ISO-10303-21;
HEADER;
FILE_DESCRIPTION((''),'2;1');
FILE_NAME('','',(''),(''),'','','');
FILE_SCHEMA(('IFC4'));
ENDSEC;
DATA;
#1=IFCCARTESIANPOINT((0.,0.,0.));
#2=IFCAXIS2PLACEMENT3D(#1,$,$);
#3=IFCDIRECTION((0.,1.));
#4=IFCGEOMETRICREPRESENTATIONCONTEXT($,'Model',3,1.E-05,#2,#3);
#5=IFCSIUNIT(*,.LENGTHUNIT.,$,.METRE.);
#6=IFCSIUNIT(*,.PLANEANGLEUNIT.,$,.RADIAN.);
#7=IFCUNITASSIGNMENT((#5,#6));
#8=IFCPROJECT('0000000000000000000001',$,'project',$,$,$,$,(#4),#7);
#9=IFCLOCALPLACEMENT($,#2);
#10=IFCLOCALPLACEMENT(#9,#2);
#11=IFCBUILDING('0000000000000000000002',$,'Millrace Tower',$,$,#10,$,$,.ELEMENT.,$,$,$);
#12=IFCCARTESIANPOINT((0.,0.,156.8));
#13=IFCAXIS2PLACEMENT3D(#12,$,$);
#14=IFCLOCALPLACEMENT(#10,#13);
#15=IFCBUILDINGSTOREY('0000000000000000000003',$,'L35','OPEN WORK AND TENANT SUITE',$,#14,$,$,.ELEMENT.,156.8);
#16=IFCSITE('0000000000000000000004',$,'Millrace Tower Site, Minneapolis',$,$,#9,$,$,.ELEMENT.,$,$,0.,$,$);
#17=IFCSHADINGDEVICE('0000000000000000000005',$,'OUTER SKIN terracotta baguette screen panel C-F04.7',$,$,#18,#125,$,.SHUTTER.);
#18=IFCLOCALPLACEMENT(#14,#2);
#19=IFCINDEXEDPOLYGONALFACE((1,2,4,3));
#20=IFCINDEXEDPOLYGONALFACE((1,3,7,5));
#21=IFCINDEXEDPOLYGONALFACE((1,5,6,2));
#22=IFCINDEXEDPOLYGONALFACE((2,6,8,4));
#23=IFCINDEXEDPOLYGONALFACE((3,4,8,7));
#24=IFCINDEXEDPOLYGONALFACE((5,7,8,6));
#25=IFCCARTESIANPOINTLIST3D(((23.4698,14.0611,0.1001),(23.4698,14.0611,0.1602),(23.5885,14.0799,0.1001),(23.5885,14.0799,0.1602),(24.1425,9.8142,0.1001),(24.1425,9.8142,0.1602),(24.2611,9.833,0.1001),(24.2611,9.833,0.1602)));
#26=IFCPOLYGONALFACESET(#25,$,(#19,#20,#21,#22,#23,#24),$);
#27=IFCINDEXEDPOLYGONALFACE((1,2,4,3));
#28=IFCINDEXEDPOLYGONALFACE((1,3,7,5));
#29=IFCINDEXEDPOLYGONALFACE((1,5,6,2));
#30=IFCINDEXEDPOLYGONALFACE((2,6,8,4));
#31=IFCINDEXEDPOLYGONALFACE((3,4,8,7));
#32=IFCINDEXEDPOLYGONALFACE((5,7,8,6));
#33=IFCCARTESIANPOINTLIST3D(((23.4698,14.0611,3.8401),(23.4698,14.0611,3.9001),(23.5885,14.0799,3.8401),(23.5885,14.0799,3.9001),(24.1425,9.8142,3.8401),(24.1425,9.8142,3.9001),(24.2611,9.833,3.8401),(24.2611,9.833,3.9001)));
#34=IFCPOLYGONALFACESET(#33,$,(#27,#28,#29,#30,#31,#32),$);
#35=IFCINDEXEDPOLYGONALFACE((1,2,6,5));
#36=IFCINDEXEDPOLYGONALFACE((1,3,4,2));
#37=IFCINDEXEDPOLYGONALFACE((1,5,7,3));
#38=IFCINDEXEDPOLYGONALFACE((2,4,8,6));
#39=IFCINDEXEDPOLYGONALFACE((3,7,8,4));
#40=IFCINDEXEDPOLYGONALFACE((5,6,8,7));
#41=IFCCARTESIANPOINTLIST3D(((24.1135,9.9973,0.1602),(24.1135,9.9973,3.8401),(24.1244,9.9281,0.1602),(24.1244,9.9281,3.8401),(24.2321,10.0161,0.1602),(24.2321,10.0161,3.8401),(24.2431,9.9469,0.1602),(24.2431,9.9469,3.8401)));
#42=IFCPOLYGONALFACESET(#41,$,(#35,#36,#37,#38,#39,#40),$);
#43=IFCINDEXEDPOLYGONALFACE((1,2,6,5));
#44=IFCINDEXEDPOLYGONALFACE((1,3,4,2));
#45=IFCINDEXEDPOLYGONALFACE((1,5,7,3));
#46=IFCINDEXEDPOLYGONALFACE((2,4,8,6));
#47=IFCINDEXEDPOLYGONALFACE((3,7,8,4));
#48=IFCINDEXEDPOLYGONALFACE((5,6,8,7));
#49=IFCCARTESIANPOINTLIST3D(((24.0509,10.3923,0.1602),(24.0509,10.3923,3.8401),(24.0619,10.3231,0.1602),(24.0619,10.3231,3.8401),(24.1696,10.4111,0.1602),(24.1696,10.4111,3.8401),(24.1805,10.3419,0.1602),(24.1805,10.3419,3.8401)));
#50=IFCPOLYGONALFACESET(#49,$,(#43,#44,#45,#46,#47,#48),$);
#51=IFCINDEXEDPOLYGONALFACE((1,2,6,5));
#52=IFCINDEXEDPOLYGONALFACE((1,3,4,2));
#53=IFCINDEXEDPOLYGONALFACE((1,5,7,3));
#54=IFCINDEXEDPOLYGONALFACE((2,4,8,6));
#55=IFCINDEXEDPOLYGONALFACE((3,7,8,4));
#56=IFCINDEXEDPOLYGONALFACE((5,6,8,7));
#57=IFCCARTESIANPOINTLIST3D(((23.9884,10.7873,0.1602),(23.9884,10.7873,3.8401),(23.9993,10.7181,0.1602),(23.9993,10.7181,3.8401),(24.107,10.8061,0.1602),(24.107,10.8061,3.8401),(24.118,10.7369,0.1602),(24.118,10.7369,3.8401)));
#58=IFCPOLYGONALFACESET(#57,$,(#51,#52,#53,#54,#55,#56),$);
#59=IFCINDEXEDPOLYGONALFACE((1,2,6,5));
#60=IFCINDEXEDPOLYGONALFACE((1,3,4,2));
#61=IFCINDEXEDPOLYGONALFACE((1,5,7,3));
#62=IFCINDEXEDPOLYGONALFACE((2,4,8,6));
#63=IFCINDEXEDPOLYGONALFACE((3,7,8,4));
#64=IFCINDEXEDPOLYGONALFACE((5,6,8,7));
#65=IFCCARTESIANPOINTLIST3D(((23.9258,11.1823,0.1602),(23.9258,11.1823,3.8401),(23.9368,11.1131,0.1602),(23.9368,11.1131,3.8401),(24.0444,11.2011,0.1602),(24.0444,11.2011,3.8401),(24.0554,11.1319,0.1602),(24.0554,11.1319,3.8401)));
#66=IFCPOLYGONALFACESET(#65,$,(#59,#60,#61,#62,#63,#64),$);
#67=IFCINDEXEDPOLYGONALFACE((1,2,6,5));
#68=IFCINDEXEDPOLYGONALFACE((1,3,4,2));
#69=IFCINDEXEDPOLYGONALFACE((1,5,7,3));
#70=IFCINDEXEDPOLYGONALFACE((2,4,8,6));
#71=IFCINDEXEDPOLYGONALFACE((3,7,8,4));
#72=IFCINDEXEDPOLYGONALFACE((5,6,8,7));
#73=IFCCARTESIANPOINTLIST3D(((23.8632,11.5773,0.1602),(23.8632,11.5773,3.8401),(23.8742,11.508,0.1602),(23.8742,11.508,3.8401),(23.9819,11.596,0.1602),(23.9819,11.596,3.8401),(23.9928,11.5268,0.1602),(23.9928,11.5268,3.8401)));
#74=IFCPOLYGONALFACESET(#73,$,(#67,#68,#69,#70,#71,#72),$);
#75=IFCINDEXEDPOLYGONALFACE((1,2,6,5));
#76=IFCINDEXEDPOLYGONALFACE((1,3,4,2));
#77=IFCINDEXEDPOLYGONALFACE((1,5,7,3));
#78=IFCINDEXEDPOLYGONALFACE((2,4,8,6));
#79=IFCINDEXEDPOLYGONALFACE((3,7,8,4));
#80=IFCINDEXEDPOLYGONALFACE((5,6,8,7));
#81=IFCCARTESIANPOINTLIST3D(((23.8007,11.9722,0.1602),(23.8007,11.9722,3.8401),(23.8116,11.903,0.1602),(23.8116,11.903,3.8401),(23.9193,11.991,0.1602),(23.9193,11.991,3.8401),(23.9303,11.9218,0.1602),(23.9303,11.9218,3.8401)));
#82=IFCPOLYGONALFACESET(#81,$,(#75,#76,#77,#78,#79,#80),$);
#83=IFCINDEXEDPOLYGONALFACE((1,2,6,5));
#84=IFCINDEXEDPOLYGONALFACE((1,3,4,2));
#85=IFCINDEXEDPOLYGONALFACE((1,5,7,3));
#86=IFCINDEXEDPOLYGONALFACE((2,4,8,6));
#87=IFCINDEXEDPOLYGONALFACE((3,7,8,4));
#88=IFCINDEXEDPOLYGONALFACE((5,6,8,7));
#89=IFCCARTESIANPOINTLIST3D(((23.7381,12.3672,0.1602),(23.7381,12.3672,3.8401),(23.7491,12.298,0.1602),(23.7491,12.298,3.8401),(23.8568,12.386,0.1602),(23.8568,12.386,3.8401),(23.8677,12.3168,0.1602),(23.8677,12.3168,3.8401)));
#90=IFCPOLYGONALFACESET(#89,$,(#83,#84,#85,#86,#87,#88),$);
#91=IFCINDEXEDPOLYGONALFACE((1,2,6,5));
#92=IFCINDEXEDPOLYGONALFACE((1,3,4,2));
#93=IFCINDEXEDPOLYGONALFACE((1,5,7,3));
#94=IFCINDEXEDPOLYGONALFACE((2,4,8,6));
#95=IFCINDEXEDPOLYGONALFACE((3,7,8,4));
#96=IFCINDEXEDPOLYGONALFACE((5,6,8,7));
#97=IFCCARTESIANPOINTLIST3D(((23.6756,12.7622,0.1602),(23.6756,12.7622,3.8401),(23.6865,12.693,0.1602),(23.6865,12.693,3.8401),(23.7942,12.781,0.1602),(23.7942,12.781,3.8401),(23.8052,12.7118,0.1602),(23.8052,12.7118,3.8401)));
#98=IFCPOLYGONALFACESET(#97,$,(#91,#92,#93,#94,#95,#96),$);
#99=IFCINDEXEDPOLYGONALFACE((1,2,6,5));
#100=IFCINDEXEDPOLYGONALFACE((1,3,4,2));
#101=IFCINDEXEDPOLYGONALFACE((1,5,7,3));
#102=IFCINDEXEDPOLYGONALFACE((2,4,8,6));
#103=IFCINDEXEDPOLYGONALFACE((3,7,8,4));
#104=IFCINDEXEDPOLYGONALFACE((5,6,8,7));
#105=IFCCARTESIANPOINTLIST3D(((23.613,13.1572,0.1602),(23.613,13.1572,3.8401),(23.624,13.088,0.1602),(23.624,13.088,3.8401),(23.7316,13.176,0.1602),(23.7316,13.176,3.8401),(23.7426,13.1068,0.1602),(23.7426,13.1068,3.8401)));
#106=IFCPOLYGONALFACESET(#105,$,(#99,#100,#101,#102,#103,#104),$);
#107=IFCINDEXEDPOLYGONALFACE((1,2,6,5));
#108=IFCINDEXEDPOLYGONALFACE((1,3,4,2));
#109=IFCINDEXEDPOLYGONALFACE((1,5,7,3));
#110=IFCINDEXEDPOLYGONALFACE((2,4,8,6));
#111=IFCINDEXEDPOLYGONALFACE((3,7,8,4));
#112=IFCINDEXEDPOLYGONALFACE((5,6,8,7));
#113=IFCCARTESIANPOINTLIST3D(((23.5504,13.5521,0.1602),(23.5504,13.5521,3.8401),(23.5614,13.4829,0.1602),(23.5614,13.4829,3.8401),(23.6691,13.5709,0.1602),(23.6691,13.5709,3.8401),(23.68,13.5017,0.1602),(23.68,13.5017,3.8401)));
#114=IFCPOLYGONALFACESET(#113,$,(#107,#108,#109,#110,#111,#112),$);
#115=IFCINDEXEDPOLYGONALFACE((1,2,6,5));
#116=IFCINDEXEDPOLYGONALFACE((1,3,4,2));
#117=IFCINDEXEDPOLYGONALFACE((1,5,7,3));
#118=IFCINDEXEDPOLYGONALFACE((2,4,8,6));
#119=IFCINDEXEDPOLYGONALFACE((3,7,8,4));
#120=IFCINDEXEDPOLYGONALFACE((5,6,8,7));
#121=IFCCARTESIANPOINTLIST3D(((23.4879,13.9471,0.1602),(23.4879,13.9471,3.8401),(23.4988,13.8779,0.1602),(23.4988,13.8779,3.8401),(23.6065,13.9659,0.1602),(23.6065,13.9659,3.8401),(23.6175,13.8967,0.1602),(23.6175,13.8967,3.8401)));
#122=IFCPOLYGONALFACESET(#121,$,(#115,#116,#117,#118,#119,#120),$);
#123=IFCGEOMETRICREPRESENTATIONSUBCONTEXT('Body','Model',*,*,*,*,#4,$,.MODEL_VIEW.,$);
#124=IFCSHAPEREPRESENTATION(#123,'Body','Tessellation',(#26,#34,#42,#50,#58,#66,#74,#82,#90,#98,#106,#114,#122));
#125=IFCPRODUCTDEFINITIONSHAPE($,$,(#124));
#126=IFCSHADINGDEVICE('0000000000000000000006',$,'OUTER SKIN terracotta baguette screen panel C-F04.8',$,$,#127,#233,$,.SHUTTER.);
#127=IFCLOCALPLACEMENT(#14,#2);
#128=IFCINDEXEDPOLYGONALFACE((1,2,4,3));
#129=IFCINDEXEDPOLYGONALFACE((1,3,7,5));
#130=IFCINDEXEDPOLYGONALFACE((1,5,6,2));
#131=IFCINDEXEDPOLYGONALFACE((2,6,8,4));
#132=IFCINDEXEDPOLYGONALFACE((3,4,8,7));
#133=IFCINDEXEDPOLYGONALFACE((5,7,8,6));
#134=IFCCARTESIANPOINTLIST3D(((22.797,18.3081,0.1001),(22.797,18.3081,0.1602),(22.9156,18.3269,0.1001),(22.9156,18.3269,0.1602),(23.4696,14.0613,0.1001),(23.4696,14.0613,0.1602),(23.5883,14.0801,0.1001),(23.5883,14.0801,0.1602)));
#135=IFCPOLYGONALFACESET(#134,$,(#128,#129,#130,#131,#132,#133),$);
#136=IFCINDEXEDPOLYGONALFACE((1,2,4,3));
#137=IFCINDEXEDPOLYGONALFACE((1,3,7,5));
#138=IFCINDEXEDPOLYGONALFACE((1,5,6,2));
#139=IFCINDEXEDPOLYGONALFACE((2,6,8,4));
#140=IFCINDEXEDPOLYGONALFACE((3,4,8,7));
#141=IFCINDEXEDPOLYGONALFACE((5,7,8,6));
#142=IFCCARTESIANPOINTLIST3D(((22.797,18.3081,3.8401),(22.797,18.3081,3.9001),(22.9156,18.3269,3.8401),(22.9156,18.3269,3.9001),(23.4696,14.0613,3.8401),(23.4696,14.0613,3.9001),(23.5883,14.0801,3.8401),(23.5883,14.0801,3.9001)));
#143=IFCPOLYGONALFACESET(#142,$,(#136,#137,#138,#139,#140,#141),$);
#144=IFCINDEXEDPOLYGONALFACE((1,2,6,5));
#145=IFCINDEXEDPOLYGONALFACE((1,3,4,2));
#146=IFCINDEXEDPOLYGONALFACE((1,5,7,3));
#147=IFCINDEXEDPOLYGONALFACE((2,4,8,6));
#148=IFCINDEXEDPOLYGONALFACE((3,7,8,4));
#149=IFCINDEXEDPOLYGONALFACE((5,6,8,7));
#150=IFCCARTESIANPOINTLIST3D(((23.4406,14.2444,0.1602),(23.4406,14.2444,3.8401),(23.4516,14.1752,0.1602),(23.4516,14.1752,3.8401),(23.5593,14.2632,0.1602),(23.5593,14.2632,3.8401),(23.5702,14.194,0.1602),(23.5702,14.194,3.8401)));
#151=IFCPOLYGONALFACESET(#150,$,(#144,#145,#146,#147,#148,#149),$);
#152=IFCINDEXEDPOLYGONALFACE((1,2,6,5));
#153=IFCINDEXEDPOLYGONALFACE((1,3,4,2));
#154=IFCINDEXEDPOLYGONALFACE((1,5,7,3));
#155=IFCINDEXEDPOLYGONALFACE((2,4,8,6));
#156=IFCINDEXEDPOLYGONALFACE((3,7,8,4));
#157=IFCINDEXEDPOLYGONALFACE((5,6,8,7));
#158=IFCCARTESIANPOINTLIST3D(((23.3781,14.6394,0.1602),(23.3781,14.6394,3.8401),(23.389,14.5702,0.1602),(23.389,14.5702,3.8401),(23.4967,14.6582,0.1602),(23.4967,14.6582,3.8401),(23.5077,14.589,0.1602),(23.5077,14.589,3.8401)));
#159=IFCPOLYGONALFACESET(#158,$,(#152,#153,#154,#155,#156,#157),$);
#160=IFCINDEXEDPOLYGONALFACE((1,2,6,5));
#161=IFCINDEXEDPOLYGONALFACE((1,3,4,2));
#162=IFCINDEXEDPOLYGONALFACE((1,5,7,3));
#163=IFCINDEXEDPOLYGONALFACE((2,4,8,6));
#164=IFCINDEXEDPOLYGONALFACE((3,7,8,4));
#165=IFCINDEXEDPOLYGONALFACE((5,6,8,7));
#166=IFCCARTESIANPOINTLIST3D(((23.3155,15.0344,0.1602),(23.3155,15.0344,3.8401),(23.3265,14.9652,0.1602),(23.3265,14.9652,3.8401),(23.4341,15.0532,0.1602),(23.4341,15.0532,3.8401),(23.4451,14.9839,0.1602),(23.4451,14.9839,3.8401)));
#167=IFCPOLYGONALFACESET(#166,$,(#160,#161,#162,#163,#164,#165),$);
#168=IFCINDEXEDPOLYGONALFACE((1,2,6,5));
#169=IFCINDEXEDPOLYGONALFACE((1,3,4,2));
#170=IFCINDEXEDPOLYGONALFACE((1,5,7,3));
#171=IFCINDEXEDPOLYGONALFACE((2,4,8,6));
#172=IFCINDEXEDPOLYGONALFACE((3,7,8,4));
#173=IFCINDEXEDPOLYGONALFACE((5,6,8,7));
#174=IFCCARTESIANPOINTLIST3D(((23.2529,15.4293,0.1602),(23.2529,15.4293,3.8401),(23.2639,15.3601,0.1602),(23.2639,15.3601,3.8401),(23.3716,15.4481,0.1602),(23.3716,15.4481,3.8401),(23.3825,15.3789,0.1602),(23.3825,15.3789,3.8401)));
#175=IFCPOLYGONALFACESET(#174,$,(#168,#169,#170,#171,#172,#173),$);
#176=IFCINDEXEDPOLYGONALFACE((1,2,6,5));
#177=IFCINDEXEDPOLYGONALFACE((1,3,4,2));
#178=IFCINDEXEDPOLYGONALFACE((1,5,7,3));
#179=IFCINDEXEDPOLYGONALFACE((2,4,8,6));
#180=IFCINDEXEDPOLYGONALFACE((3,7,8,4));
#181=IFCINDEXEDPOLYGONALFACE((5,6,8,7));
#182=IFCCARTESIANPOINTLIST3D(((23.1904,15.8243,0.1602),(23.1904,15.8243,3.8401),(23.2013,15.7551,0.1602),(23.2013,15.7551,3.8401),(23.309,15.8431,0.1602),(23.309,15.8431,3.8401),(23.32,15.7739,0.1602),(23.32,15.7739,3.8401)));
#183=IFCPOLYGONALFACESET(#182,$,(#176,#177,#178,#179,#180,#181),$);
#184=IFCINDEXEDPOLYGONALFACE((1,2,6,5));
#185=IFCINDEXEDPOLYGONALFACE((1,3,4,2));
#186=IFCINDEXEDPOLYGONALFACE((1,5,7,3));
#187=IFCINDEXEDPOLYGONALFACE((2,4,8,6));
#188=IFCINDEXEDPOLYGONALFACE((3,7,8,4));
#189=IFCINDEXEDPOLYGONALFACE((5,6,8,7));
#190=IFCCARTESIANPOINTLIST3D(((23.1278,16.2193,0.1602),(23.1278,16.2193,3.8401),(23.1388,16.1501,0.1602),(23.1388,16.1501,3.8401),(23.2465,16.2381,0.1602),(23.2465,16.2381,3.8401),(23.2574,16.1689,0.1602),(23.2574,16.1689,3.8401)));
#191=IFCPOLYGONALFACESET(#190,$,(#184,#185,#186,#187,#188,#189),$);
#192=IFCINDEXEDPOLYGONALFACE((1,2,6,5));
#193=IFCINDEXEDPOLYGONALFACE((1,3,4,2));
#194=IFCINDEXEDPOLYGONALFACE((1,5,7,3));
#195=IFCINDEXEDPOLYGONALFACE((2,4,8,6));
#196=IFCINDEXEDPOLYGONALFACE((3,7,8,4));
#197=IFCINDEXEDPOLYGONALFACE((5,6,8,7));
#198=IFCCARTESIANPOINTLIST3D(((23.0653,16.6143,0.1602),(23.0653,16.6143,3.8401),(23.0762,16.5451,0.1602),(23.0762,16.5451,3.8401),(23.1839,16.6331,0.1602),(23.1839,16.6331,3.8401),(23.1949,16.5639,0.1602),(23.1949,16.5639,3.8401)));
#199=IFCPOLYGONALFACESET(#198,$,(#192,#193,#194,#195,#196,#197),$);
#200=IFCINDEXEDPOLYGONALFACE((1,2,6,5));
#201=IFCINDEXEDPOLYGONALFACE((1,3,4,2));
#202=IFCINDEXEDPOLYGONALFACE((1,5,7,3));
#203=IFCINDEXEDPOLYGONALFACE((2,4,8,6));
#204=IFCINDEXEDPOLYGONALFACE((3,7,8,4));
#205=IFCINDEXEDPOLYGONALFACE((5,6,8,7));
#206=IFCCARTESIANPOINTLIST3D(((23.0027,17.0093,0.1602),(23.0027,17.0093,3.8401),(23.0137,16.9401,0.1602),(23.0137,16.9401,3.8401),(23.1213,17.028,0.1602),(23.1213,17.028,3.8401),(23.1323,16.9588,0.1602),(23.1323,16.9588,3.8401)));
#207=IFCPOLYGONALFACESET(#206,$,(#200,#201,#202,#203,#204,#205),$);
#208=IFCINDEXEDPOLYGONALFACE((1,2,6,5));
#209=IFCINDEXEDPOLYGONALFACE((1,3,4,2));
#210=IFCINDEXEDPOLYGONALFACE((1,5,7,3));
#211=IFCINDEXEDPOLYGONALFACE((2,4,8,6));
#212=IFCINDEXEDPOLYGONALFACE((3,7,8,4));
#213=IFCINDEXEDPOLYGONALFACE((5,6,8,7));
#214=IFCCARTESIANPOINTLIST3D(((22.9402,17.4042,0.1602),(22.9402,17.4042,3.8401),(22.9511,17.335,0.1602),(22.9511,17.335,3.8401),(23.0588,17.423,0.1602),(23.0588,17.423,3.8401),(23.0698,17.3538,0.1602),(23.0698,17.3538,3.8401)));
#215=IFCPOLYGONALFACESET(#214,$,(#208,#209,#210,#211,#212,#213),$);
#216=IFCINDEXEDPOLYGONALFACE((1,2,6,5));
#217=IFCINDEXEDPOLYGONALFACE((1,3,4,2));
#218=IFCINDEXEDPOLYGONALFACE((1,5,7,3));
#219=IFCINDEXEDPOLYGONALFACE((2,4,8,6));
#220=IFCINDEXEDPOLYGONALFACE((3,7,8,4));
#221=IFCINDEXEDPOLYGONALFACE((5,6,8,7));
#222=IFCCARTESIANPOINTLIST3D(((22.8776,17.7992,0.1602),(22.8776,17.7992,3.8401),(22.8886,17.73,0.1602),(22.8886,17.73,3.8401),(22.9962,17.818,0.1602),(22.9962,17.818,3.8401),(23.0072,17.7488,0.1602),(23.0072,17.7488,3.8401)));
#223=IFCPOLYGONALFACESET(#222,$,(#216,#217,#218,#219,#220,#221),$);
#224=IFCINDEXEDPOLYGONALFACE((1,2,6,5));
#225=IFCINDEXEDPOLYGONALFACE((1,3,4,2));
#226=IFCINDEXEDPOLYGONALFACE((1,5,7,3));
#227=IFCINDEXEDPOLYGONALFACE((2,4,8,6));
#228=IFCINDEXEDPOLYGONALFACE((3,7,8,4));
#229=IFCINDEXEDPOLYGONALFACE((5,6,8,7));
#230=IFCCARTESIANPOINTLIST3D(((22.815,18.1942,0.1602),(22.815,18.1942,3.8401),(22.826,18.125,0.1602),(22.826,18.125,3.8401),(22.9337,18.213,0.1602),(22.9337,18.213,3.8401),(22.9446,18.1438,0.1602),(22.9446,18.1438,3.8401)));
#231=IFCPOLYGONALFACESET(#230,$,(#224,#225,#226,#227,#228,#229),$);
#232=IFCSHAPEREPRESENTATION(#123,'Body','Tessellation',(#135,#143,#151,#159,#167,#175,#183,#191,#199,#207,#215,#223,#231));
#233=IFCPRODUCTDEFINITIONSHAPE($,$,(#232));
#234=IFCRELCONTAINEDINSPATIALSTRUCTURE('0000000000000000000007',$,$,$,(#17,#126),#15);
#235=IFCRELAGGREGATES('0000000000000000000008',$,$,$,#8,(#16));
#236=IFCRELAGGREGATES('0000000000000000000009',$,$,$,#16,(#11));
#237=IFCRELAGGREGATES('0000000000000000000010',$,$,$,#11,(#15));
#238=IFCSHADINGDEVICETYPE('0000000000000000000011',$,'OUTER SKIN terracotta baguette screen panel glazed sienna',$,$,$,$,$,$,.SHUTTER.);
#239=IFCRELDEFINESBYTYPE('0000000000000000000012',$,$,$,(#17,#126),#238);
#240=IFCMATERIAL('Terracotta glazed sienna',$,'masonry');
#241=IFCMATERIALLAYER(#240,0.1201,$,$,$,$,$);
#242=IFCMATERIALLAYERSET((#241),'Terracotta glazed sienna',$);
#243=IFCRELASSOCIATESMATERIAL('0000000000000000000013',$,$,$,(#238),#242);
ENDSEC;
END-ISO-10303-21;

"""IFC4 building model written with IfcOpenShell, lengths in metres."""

from ifc_helpers import new_model, entity, si_unit, direction, frame, frame_2d, origin, origin_2d, place, context, subcontext, project, spatial, rectangle, extrude, source, transform, mapped, material, layer, layer_set, type_object, element, save


model = new_model("IFC4")

# Units and contexts
model_context = context("Model", 3, precision=1e-05, world=origin(), true_north=direction((0.0, 1.0)))
body_context = subcontext(model_context, "Body", "Model", "MODEL_VIEW")
ifc_project = project(units=[si_unit("LENGTHUNIT", "METRE"), si_unit("PLANEANGLEUNIT", "RADIAN")], contexts=[model_context])

# Site, building, storey
site_placement = place(None, origin())
site = spatial("IfcSite", under=ifc_project, at=site_placement, Name="Millrace Tower Site, Minneapolis", CompositionType="ELEMENT", RefElevation=0.0)
building_placement = place(site_placement, origin())
building = spatial("IfcBuilding", under=site, at=building_placement, Name="Millrace Tower", CompositionType="ELEMENT")
storey_placement = place(building_placement, frame((0.0, 0.0, 156.8)))
storey = spatial("IfcBuildingStorey", under=building, at=storey_placement, Name="L35", Description="OPEN WORK AND TENANT SUITE", CompositionType="ELEMENT", Elevation=156.8)

# Shading devices
ifc_material_1 = material(Name="Terracotta glazed sienna", Category="masonry")
ifc_layer_1 = layer(ifc_material_1, 0.1201)
ifc_layer_set_1 = layer_set([ifc_layer_1], Name="Terracotta glazed sienna")
shading_device_type = type_object("IfcShadingDeviceType", Name="OUTER SKIN terracotta baguette screen panel glazed sienna", PredefinedType="SHUTTER", material=ifc_layer_set_1)
cartesian_point_1 = entity("IfcCartesianPoint", [-2.1499, 0.0601])
shared_polyline_1 = entity("IfcPolyline", [cartesian_point_1, entity("IfcCartesianPoint", [2.1499, 0.0601]), entity("IfcCartesianPoint", [2.1499, -0.0601]), entity("IfcCartesianPoint", [-2.1499, -0.0601]), cartesian_point_1])
shared_shape_1 = source(origin(), body_context, "Body", "SweptSolid", [
    entity("IfcExtrudedAreaSolid", entity("IfcArbitraryClosedProfileDef", "AREA", None, shared_polyline_1), entity("IfcAxis2Placement3D", entity("IfcCartesianPoint", [0.0, 0.0, 0.0])), entity("IfcDirection", [0.0, 0.0, 1.0]), 0.0601),
    entity("IfcExtrudedAreaSolid", entity("IfcArbitraryClosedProfileDef", "AREA", None, shared_polyline_1), entity("IfcAxis2Placement3D", entity("IfcCartesianPoint", [0.0, 0.0, 3.74])), entity("IfcDirection", [0.0, 0.0, 1.0]), 0.0601),
    extrude(rectangle(XDim=0.0701, YDim=0.1201, at=frame_2d((-1.9995, 0.0))), frame((0.0, 0.0, 0.0601)), (0.0, 0.0, 1.0), 3.6799),
    extrude(rectangle(XDim=0.0701, YDim=0.1201, at=frame_2d((-1.5996, 0.0))), frame((0.0, 0.0, 0.0601)), (0.0, 0.0, 1.0), 3.6799),
    extrude(rectangle(XDim=0.0701, YDim=0.1201, at=frame_2d((-1.1997, 0.0))), frame((0.0, 0.0, 0.0601)), (0.0, 0.0, 1.0), 3.6799),
    extrude(rectangle(XDim=0.0701, YDim=0.1201, at=frame_2d((-0.7998, 0.0))), frame((0.0, 0.0, 0.0601)), (0.0, 0.0, 1.0), 3.6799),
    extrude(rectangle(XDim=0.0701, YDim=0.1201, at=frame_2d((-0.3999, 0.0))), frame((0.0, 0.0, 0.0601)), (0.0, 0.0, 1.0), 3.6799),
    extrude(rectangle(XDim=0.0701, YDim=0.1201, at=origin_2d()), frame((0.0, 0.0, 0.0601)), (0.0, 0.0, 1.0), 3.6799),
    extrude(rectangle(XDim=0.0701, YDim=0.1201, at=frame_2d((0.3999, 0.0))), frame((0.0, 0.0, 0.0601)), (0.0, 0.0, 1.0), 3.6799),
    extrude(rectangle(XDim=0.0701, YDim=0.1201, at=frame_2d((0.7998, 0.0))), frame((0.0, 0.0, 0.0601)), (0.0, 0.0, 1.0), 3.6799),
    extrude(rectangle(XDim=0.0701, YDim=0.1201, at=frame_2d((1.1997, 0.0))), frame((0.0, 0.0, 0.0601)), (0.0, 0.0, 1.0), 3.6799),
    extrude(rectangle(XDim=0.0701, YDim=0.1201, at=frame_2d((1.5996, 0.0))), frame((0.0, 0.0, 0.0601)), (0.0, 0.0, 1.0), 3.6799),
    extrude(rectangle(XDim=0.0701, YDim=0.1201, at=frame_2d((1.9995, 0.0))), frame((0.0, 0.0, 0.0601)), (0.0, 0.0, 1.0), 3.6799),
])
for number, where, z_axis, x_axis, name in (
    (1, (23.8655, 11.947, 0.1001), (0.0, 0.0, 1.0), (-0.156434, 0.987688, 0.0), "OUTER SKIN terracotta baguette screen panel C-F04.7"),
    (2, (23.1926, 16.1941, 0.1001), (0.0, 0.0, 1.0), (-0.156434, 0.987688, 0.0), "OUTER SKIN terracotta baguette screen panel C-F04.8"),
):
    element("IfcShadingDevice", number, at=place(storey_placement, frame(where, z_axis=z_axis, x_axis=x_axis)), inside=storey, type_object=shading_device_type, Name=name, PredefinedType="SHUTTER", context=body_context, shape_type="MappedRepresentation", body=[
        mapped(shared_shape_1, transform((0.0, 0.0, 0.0), scale=1.0)),
    ])

save(model, "model.ifc")
